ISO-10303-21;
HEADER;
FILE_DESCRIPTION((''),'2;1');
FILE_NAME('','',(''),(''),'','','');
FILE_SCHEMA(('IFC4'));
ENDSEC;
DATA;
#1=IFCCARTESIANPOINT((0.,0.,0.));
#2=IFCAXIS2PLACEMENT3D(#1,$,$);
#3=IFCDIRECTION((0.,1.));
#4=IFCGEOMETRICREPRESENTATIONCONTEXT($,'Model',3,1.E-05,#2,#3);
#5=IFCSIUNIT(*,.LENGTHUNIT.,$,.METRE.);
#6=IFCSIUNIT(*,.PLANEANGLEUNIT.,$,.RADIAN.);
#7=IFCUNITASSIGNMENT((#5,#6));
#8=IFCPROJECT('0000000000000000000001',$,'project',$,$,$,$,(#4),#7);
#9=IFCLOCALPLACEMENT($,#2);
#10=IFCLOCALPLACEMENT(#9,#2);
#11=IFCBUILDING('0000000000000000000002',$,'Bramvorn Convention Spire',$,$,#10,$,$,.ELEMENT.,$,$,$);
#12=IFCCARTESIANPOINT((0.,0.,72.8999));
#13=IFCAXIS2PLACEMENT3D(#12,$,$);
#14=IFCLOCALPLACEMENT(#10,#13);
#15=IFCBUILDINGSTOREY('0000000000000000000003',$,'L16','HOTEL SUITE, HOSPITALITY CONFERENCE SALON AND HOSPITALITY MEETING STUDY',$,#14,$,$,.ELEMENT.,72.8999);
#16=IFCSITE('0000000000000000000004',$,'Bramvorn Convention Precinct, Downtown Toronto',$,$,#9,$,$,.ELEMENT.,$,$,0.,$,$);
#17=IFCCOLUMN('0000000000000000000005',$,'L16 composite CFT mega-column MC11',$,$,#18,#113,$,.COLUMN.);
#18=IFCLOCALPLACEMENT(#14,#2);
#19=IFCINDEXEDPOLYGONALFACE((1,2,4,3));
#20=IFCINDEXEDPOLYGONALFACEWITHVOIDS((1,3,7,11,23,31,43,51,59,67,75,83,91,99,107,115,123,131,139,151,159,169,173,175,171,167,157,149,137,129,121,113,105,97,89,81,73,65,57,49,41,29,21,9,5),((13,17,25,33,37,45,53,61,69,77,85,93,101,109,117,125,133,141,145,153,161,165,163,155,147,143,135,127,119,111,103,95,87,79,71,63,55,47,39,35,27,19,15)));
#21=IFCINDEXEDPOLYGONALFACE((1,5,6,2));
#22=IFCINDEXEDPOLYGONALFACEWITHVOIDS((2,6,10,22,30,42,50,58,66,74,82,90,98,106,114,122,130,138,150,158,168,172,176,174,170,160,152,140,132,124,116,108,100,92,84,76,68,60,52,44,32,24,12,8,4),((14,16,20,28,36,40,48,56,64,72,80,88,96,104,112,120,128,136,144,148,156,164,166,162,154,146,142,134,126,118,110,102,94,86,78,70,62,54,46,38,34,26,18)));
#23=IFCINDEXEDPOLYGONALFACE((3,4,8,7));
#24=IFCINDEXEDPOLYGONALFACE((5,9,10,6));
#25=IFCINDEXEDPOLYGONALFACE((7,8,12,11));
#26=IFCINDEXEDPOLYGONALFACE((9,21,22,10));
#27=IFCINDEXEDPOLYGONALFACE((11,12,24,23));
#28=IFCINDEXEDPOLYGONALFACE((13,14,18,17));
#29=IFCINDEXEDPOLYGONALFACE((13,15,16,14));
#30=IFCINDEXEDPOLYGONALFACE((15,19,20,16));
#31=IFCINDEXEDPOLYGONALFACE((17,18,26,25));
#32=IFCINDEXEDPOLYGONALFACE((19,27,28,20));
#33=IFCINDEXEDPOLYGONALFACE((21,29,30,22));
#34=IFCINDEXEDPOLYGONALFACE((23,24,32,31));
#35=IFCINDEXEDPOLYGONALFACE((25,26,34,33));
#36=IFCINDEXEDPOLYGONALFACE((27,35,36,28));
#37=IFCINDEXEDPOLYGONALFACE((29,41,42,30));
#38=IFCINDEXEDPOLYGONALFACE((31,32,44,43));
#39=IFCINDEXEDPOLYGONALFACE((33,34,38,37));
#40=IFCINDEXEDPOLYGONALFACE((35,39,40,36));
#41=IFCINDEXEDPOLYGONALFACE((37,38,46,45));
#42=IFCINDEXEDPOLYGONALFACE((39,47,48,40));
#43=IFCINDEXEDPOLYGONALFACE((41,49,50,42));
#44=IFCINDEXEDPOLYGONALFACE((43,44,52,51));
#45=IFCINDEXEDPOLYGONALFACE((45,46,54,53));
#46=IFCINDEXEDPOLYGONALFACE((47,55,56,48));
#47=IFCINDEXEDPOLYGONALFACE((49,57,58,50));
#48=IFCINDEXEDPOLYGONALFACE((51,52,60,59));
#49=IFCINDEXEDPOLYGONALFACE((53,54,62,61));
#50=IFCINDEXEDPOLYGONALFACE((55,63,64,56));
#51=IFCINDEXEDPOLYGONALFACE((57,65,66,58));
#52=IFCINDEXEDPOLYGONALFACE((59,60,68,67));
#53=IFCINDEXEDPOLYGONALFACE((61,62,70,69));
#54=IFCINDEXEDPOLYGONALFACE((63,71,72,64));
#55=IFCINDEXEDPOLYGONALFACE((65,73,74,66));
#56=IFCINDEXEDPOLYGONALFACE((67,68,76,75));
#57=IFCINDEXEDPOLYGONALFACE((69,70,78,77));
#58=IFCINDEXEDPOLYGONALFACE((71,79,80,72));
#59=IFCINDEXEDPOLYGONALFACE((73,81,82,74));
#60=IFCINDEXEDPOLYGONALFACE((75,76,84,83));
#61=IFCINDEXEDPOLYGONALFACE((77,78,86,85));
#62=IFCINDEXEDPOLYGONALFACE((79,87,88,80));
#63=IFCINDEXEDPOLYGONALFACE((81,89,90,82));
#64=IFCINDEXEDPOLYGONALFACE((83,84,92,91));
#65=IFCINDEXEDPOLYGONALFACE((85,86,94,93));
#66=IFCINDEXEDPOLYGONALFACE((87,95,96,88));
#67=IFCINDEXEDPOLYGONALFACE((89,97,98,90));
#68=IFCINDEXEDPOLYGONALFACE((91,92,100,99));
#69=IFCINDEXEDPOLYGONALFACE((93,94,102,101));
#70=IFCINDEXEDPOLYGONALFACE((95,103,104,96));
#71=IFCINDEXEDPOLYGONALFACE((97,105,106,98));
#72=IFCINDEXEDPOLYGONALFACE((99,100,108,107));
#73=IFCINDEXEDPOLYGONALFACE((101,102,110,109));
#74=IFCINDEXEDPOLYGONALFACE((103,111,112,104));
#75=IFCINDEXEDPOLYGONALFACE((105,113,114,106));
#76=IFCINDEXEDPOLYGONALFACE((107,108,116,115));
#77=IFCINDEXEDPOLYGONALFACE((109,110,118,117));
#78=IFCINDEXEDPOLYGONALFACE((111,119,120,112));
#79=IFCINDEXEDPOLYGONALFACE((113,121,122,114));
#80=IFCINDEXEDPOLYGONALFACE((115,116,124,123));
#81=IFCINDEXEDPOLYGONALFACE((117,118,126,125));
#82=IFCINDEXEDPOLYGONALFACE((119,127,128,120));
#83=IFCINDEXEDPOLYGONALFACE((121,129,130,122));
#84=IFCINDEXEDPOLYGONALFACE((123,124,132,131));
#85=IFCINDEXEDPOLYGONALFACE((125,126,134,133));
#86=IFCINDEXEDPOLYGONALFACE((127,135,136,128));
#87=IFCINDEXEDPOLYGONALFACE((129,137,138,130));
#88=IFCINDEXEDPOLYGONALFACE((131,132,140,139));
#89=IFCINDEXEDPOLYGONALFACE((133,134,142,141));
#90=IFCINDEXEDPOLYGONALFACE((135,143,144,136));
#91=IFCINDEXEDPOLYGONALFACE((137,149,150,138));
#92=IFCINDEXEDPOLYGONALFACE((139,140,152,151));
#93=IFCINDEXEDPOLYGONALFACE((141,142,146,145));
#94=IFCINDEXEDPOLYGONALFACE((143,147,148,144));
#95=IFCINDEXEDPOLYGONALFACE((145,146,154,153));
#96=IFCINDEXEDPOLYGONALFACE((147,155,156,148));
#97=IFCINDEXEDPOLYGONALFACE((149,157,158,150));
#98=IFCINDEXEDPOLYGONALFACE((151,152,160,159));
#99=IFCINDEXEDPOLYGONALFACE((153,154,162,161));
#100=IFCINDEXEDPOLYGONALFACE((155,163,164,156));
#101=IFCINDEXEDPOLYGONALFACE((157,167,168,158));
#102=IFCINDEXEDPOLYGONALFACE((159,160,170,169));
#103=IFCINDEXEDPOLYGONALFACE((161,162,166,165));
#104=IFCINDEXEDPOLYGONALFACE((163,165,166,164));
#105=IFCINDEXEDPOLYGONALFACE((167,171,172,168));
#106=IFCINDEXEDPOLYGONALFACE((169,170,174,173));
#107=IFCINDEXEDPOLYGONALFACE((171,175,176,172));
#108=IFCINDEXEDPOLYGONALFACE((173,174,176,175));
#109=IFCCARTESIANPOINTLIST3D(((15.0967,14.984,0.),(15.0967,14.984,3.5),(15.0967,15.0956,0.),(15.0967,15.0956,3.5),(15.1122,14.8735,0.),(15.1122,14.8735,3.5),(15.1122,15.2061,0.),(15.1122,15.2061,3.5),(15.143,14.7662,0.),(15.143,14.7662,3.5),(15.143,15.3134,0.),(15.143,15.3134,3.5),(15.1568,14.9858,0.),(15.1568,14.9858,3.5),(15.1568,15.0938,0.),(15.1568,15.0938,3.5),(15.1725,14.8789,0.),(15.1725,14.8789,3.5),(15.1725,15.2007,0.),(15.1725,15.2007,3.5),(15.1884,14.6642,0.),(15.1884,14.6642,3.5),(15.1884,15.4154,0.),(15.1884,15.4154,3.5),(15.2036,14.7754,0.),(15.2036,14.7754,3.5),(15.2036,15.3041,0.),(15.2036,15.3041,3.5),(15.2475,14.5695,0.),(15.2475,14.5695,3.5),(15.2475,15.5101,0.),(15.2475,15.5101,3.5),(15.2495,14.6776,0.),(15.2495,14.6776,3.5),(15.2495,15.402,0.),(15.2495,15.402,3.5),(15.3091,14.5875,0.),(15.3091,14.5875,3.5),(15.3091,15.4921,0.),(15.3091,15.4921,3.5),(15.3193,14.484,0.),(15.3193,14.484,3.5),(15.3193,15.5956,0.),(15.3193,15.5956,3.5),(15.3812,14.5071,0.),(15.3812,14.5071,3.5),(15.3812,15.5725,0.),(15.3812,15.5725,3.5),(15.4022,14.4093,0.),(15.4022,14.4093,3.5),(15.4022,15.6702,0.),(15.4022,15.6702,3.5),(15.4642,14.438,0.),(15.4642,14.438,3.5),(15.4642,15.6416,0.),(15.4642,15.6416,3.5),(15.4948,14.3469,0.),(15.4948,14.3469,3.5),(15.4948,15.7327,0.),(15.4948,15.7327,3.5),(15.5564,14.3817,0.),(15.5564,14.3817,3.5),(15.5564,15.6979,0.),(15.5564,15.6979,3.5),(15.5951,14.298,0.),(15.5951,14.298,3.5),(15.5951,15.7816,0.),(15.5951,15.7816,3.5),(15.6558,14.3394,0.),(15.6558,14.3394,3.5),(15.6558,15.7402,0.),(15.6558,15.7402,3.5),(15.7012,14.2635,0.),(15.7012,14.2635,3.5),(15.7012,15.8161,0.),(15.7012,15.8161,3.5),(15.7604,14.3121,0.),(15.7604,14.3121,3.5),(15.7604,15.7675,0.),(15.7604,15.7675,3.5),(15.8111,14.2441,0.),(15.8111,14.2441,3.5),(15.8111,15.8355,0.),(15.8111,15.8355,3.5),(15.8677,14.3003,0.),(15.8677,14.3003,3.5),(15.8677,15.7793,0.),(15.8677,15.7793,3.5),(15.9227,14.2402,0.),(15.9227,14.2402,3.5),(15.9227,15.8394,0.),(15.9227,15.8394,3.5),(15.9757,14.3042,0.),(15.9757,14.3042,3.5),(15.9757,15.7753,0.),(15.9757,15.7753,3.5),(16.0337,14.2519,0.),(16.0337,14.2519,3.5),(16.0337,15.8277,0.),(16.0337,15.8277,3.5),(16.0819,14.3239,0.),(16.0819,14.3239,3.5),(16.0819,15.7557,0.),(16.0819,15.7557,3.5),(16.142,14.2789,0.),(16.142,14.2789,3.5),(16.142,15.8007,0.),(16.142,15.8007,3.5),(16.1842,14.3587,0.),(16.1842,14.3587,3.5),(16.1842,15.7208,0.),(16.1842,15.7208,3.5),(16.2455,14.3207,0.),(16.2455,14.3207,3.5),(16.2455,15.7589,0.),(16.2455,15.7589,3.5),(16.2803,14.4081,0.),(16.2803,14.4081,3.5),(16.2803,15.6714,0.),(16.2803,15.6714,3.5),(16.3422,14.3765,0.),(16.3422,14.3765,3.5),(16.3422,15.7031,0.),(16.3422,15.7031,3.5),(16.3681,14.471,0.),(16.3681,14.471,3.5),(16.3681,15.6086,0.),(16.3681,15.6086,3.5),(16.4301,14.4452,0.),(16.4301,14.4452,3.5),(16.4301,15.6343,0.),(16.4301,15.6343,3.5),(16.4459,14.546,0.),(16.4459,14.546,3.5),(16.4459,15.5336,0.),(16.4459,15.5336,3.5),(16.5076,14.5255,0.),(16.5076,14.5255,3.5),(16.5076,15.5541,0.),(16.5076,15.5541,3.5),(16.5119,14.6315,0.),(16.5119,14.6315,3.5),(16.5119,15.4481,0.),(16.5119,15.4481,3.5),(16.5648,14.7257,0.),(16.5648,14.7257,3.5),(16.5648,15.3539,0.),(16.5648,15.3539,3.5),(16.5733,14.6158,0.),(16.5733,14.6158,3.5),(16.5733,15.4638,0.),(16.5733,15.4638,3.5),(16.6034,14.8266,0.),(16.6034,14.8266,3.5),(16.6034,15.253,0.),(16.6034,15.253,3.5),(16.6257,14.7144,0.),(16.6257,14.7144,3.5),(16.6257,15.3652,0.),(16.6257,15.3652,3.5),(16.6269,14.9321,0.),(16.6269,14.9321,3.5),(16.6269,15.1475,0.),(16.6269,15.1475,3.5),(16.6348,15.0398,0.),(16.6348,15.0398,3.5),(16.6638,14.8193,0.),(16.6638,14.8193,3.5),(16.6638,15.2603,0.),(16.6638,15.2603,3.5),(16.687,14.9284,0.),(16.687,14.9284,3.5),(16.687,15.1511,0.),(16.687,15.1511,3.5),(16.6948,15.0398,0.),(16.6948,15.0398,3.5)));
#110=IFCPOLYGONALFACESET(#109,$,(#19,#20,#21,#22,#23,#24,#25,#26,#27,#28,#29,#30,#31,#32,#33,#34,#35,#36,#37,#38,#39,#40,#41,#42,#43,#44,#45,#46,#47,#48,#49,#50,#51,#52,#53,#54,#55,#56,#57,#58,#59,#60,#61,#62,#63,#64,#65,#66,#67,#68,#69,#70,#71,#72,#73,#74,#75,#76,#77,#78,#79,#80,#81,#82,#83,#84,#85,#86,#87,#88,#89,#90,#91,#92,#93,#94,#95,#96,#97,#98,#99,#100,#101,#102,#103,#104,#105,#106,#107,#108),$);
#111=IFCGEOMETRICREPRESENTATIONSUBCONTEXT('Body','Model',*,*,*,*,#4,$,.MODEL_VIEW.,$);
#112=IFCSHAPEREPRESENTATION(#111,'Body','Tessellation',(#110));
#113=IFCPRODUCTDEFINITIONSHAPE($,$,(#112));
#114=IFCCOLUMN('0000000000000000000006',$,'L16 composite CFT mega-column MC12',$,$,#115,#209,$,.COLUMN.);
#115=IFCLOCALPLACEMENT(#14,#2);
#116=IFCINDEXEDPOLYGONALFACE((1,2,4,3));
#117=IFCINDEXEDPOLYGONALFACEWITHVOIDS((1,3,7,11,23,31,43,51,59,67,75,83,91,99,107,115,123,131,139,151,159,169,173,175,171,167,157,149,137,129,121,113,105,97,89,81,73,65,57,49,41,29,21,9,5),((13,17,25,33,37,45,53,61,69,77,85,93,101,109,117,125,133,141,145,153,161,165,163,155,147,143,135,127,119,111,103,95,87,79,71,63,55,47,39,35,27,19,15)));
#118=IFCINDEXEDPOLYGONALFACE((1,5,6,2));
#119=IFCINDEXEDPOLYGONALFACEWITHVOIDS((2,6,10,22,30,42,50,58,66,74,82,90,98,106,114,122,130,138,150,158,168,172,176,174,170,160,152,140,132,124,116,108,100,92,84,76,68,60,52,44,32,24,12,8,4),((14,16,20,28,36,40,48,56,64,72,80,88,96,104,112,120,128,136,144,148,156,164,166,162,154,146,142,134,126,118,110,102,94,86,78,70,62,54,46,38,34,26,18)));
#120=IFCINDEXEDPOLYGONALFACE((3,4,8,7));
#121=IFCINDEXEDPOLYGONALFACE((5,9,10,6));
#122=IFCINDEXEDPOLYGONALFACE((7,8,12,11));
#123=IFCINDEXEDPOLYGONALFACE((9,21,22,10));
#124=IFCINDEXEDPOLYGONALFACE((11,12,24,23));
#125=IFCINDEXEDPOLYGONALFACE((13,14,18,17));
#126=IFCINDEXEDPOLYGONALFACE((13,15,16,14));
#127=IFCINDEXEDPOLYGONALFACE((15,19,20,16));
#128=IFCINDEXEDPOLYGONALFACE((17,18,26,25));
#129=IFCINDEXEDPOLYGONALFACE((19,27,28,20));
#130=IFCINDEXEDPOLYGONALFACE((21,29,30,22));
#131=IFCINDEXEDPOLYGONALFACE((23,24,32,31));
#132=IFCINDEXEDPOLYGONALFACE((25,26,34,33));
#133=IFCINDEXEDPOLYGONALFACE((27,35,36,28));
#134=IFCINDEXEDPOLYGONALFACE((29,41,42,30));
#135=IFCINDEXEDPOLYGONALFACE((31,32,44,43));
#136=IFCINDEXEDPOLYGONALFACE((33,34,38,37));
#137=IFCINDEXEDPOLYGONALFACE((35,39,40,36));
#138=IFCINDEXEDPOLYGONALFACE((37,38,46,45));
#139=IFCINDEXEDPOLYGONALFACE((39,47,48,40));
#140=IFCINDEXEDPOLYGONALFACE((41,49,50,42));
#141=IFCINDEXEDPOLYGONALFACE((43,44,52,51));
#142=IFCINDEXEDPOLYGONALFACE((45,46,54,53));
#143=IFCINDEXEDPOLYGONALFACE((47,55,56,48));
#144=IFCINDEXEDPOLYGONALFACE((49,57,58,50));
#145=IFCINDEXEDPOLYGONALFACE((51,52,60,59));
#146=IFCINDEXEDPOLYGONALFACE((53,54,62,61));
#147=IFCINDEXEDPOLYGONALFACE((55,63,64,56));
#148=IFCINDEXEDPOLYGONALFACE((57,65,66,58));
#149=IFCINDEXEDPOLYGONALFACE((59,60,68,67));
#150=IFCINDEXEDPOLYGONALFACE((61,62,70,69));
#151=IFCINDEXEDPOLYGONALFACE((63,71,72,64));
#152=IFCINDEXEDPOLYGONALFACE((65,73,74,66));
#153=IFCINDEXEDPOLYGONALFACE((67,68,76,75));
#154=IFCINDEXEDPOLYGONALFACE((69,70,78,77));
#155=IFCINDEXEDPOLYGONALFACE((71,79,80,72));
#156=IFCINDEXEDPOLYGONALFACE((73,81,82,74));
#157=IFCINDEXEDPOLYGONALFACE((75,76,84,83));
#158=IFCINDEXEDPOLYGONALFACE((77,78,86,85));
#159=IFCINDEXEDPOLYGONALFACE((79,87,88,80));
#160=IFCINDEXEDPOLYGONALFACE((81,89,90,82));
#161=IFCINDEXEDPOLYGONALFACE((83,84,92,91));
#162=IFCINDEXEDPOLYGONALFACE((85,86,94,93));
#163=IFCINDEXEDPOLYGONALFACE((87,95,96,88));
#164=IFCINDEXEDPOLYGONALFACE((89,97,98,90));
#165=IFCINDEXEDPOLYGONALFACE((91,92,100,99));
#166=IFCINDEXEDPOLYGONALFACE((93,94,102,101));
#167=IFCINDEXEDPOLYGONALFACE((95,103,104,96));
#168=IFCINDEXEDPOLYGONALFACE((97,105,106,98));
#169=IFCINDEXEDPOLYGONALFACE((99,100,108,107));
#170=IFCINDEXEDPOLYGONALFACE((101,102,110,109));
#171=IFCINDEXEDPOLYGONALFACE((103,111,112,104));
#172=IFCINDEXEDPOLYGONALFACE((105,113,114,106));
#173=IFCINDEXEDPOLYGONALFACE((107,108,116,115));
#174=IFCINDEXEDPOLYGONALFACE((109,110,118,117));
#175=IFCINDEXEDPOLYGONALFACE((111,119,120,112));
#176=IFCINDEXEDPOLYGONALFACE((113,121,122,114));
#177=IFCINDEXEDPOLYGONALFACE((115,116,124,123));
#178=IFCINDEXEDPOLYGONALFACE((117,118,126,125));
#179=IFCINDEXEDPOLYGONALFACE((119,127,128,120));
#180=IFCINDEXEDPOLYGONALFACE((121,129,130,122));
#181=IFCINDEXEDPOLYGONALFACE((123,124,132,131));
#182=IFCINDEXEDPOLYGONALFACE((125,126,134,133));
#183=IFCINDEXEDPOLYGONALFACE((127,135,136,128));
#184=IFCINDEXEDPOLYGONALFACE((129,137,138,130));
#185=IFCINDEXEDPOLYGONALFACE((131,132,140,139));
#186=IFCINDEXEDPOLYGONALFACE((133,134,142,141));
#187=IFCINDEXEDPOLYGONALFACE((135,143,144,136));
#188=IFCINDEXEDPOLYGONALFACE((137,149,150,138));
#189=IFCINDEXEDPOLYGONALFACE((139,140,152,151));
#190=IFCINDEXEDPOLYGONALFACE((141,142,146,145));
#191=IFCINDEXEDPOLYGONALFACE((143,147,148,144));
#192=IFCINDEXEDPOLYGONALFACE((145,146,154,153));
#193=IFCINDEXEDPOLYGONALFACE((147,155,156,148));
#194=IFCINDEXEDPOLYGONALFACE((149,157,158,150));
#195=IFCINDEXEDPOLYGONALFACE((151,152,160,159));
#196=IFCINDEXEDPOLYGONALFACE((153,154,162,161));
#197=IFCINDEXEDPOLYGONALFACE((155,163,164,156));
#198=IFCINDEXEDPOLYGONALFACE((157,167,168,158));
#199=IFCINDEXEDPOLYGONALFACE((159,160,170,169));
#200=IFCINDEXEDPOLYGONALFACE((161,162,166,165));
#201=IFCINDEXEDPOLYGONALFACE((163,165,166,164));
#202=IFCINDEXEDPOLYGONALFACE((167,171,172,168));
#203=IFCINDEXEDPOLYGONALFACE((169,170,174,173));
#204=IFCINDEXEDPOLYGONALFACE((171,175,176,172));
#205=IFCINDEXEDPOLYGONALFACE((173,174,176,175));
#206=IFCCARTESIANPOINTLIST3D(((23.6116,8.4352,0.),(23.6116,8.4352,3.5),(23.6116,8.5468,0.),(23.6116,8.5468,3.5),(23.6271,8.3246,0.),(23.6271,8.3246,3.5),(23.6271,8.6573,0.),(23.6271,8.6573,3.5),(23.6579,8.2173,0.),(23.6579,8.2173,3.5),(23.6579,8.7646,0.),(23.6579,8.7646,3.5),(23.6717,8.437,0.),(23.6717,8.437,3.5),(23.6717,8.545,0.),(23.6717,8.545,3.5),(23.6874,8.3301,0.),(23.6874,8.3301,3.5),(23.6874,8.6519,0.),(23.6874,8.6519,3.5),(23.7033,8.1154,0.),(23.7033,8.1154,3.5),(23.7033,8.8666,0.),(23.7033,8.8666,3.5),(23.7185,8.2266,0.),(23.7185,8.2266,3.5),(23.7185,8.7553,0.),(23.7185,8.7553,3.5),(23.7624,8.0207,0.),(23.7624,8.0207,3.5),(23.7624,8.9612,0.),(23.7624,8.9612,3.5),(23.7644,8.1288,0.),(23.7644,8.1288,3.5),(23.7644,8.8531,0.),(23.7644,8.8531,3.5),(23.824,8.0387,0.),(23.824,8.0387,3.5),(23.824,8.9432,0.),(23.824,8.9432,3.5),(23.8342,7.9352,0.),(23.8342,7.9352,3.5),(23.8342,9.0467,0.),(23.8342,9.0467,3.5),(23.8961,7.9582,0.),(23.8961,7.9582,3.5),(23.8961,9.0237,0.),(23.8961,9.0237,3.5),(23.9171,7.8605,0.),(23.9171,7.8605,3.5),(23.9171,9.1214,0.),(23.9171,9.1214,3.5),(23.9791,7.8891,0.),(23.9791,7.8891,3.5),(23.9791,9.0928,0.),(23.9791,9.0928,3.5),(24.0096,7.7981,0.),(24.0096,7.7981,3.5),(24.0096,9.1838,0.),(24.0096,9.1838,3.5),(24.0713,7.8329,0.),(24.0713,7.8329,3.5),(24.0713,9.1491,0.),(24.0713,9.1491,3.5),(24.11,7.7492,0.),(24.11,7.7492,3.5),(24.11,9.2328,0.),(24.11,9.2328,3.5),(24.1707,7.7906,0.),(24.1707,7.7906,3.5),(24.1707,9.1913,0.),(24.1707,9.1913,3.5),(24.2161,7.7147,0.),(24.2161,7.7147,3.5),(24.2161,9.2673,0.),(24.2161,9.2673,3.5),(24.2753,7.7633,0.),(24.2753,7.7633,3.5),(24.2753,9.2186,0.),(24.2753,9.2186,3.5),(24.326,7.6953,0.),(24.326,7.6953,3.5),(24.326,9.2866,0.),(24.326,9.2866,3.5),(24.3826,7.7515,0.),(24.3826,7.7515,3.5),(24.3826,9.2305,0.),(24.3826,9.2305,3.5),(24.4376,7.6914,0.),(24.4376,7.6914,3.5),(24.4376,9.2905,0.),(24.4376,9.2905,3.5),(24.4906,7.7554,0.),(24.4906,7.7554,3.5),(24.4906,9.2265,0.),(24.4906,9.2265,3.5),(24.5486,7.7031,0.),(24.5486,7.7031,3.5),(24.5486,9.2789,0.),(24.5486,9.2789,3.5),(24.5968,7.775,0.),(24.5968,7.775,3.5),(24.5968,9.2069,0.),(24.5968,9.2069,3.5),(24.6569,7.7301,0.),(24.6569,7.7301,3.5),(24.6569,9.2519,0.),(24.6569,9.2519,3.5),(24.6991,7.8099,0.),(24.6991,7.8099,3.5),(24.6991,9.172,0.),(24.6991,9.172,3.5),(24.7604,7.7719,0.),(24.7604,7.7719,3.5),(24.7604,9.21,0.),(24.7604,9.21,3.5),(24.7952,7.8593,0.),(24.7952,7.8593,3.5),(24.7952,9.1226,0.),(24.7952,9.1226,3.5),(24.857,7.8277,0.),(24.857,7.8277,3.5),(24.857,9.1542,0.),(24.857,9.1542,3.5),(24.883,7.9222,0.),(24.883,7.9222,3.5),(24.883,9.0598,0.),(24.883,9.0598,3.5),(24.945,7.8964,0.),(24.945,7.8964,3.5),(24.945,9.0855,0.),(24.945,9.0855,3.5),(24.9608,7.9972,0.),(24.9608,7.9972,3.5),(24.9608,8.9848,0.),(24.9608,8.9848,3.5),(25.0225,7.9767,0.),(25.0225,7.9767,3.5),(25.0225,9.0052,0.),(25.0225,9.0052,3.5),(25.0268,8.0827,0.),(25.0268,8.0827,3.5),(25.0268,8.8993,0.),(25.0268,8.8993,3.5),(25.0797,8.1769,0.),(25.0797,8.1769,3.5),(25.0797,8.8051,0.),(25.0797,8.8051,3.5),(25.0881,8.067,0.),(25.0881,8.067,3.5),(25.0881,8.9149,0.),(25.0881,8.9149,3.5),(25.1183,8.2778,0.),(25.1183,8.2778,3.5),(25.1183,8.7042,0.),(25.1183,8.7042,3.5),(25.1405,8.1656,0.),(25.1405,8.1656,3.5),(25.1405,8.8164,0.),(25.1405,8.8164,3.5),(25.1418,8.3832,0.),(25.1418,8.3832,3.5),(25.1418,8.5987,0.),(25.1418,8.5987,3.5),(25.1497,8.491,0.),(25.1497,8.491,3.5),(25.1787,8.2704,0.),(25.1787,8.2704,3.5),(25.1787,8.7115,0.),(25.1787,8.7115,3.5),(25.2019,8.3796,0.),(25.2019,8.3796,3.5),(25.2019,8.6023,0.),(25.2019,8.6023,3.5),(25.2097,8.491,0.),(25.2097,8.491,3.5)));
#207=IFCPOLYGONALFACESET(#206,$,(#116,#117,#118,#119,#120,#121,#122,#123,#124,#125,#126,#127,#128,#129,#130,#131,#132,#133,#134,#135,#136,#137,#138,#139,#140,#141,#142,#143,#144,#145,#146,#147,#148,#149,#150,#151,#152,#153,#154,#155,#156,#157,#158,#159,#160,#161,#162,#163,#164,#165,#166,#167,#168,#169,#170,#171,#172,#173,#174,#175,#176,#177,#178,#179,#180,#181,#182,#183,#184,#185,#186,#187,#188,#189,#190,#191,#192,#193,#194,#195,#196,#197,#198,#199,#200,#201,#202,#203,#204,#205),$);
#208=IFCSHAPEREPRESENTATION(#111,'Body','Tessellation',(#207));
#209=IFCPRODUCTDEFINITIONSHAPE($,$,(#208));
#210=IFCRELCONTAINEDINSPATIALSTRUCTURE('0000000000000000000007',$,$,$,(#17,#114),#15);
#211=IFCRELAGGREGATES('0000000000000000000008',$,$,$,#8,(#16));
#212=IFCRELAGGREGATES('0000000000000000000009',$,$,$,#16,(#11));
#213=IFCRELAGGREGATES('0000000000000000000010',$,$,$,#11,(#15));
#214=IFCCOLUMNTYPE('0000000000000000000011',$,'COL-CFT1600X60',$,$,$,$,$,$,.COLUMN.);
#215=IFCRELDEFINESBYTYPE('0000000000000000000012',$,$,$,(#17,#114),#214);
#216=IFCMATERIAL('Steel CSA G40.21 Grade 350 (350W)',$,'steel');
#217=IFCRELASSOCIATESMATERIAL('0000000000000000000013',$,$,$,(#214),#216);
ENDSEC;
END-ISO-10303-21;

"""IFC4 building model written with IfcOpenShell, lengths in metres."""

from ifc_helpers import new_model, si_unit, direction, frame, origin, origin_2d, place, context, subcontext, project, spatial, hollow_circle, extrude, material, material_profile, profile_set, type_object, element, save


model = new_model("IFC4")

# Units and contexts
model_context = context("Model", 3, precision=1e-05, world=origin(), true_north=direction((0.0, 1.0)))
body_context = subcontext(model_context, "Body", "Model", "MODEL_VIEW")
ifc_project = project(units=[si_unit("LENGTHUNIT", "METRE"), si_unit("PLANEANGLEUNIT", "RADIAN")], contexts=[model_context])

# Site, building, storey
site_placement = place(None, origin())
site = spatial("IfcSite", under=ifc_project, at=site_placement, Name="Bramvorn Convention Precinct, Downtown Toronto", CompositionType="ELEMENT", RefElevation=0.0)
building_placement = place(site_placement, origin())
building = spatial("IfcBuilding", under=site, at=building_placement, Name="Bramvorn Convention Spire", CompositionType="ELEMENT")
storey_placement = place(building_placement, frame((0.0, 0.0, 72.8999)))
storey = spatial("IfcBuildingStorey", under=building, at=storey_placement, Name="L16", Description="HOTEL SUITE, HOSPITALITY CONFERENCE SALON AND HOSPITALITY MEETING STUDY", CompositionType="ELEMENT", Elevation=72.8999)

# Columns
ifc_material_1 = material(Name="Steel CSA G40.21 Grade 350 (350W)", Category="steel")
ifc_material_profile_1 = material_profile(ifc_material_1, hollow_circle(Radius=0.8, WallThickness=0.0601, at=origin_2d()))
ifc_profile_set_1 = profile_set([ifc_material_profile_1], Name="Steel CSA G40.21 Grade 350 (350W) - CFT1600X60")
column_type = type_object("IfcColumnType", Name="COL-CFT1600X60", PredefinedType="COLUMN", material=ifc_profile_set_1)
for number, where, z_axis, x_axis, name in (
    (1, (15.8948, 15.0398, 0.0), (0.0, 0.0, 1.0), (1.0, 0.0, 0.0), "L16 composite CFT mega-column MC11"),
    (2, (24.4097, 8.491, 0.0), (0.0, 0.0, 1.0), (1.0, 0.0, 0.0), "L16 composite CFT mega-column MC12"),
):
    element("IfcColumn", number, at=place(storey_placement, frame(where, z_axis=z_axis, x_axis=x_axis)), inside=storey, type_object=column_type, Name=name, PredefinedType="COLUMN", context=body_context, shape_type="SweptSolid", body=[
        extrude(hollow_circle(Radius=0.8, WallThickness=0.0601, at=origin_2d()), origin(), (0.0, 0.0, 1.0), 3.5),
    ])

save(model, "model.ifc")
